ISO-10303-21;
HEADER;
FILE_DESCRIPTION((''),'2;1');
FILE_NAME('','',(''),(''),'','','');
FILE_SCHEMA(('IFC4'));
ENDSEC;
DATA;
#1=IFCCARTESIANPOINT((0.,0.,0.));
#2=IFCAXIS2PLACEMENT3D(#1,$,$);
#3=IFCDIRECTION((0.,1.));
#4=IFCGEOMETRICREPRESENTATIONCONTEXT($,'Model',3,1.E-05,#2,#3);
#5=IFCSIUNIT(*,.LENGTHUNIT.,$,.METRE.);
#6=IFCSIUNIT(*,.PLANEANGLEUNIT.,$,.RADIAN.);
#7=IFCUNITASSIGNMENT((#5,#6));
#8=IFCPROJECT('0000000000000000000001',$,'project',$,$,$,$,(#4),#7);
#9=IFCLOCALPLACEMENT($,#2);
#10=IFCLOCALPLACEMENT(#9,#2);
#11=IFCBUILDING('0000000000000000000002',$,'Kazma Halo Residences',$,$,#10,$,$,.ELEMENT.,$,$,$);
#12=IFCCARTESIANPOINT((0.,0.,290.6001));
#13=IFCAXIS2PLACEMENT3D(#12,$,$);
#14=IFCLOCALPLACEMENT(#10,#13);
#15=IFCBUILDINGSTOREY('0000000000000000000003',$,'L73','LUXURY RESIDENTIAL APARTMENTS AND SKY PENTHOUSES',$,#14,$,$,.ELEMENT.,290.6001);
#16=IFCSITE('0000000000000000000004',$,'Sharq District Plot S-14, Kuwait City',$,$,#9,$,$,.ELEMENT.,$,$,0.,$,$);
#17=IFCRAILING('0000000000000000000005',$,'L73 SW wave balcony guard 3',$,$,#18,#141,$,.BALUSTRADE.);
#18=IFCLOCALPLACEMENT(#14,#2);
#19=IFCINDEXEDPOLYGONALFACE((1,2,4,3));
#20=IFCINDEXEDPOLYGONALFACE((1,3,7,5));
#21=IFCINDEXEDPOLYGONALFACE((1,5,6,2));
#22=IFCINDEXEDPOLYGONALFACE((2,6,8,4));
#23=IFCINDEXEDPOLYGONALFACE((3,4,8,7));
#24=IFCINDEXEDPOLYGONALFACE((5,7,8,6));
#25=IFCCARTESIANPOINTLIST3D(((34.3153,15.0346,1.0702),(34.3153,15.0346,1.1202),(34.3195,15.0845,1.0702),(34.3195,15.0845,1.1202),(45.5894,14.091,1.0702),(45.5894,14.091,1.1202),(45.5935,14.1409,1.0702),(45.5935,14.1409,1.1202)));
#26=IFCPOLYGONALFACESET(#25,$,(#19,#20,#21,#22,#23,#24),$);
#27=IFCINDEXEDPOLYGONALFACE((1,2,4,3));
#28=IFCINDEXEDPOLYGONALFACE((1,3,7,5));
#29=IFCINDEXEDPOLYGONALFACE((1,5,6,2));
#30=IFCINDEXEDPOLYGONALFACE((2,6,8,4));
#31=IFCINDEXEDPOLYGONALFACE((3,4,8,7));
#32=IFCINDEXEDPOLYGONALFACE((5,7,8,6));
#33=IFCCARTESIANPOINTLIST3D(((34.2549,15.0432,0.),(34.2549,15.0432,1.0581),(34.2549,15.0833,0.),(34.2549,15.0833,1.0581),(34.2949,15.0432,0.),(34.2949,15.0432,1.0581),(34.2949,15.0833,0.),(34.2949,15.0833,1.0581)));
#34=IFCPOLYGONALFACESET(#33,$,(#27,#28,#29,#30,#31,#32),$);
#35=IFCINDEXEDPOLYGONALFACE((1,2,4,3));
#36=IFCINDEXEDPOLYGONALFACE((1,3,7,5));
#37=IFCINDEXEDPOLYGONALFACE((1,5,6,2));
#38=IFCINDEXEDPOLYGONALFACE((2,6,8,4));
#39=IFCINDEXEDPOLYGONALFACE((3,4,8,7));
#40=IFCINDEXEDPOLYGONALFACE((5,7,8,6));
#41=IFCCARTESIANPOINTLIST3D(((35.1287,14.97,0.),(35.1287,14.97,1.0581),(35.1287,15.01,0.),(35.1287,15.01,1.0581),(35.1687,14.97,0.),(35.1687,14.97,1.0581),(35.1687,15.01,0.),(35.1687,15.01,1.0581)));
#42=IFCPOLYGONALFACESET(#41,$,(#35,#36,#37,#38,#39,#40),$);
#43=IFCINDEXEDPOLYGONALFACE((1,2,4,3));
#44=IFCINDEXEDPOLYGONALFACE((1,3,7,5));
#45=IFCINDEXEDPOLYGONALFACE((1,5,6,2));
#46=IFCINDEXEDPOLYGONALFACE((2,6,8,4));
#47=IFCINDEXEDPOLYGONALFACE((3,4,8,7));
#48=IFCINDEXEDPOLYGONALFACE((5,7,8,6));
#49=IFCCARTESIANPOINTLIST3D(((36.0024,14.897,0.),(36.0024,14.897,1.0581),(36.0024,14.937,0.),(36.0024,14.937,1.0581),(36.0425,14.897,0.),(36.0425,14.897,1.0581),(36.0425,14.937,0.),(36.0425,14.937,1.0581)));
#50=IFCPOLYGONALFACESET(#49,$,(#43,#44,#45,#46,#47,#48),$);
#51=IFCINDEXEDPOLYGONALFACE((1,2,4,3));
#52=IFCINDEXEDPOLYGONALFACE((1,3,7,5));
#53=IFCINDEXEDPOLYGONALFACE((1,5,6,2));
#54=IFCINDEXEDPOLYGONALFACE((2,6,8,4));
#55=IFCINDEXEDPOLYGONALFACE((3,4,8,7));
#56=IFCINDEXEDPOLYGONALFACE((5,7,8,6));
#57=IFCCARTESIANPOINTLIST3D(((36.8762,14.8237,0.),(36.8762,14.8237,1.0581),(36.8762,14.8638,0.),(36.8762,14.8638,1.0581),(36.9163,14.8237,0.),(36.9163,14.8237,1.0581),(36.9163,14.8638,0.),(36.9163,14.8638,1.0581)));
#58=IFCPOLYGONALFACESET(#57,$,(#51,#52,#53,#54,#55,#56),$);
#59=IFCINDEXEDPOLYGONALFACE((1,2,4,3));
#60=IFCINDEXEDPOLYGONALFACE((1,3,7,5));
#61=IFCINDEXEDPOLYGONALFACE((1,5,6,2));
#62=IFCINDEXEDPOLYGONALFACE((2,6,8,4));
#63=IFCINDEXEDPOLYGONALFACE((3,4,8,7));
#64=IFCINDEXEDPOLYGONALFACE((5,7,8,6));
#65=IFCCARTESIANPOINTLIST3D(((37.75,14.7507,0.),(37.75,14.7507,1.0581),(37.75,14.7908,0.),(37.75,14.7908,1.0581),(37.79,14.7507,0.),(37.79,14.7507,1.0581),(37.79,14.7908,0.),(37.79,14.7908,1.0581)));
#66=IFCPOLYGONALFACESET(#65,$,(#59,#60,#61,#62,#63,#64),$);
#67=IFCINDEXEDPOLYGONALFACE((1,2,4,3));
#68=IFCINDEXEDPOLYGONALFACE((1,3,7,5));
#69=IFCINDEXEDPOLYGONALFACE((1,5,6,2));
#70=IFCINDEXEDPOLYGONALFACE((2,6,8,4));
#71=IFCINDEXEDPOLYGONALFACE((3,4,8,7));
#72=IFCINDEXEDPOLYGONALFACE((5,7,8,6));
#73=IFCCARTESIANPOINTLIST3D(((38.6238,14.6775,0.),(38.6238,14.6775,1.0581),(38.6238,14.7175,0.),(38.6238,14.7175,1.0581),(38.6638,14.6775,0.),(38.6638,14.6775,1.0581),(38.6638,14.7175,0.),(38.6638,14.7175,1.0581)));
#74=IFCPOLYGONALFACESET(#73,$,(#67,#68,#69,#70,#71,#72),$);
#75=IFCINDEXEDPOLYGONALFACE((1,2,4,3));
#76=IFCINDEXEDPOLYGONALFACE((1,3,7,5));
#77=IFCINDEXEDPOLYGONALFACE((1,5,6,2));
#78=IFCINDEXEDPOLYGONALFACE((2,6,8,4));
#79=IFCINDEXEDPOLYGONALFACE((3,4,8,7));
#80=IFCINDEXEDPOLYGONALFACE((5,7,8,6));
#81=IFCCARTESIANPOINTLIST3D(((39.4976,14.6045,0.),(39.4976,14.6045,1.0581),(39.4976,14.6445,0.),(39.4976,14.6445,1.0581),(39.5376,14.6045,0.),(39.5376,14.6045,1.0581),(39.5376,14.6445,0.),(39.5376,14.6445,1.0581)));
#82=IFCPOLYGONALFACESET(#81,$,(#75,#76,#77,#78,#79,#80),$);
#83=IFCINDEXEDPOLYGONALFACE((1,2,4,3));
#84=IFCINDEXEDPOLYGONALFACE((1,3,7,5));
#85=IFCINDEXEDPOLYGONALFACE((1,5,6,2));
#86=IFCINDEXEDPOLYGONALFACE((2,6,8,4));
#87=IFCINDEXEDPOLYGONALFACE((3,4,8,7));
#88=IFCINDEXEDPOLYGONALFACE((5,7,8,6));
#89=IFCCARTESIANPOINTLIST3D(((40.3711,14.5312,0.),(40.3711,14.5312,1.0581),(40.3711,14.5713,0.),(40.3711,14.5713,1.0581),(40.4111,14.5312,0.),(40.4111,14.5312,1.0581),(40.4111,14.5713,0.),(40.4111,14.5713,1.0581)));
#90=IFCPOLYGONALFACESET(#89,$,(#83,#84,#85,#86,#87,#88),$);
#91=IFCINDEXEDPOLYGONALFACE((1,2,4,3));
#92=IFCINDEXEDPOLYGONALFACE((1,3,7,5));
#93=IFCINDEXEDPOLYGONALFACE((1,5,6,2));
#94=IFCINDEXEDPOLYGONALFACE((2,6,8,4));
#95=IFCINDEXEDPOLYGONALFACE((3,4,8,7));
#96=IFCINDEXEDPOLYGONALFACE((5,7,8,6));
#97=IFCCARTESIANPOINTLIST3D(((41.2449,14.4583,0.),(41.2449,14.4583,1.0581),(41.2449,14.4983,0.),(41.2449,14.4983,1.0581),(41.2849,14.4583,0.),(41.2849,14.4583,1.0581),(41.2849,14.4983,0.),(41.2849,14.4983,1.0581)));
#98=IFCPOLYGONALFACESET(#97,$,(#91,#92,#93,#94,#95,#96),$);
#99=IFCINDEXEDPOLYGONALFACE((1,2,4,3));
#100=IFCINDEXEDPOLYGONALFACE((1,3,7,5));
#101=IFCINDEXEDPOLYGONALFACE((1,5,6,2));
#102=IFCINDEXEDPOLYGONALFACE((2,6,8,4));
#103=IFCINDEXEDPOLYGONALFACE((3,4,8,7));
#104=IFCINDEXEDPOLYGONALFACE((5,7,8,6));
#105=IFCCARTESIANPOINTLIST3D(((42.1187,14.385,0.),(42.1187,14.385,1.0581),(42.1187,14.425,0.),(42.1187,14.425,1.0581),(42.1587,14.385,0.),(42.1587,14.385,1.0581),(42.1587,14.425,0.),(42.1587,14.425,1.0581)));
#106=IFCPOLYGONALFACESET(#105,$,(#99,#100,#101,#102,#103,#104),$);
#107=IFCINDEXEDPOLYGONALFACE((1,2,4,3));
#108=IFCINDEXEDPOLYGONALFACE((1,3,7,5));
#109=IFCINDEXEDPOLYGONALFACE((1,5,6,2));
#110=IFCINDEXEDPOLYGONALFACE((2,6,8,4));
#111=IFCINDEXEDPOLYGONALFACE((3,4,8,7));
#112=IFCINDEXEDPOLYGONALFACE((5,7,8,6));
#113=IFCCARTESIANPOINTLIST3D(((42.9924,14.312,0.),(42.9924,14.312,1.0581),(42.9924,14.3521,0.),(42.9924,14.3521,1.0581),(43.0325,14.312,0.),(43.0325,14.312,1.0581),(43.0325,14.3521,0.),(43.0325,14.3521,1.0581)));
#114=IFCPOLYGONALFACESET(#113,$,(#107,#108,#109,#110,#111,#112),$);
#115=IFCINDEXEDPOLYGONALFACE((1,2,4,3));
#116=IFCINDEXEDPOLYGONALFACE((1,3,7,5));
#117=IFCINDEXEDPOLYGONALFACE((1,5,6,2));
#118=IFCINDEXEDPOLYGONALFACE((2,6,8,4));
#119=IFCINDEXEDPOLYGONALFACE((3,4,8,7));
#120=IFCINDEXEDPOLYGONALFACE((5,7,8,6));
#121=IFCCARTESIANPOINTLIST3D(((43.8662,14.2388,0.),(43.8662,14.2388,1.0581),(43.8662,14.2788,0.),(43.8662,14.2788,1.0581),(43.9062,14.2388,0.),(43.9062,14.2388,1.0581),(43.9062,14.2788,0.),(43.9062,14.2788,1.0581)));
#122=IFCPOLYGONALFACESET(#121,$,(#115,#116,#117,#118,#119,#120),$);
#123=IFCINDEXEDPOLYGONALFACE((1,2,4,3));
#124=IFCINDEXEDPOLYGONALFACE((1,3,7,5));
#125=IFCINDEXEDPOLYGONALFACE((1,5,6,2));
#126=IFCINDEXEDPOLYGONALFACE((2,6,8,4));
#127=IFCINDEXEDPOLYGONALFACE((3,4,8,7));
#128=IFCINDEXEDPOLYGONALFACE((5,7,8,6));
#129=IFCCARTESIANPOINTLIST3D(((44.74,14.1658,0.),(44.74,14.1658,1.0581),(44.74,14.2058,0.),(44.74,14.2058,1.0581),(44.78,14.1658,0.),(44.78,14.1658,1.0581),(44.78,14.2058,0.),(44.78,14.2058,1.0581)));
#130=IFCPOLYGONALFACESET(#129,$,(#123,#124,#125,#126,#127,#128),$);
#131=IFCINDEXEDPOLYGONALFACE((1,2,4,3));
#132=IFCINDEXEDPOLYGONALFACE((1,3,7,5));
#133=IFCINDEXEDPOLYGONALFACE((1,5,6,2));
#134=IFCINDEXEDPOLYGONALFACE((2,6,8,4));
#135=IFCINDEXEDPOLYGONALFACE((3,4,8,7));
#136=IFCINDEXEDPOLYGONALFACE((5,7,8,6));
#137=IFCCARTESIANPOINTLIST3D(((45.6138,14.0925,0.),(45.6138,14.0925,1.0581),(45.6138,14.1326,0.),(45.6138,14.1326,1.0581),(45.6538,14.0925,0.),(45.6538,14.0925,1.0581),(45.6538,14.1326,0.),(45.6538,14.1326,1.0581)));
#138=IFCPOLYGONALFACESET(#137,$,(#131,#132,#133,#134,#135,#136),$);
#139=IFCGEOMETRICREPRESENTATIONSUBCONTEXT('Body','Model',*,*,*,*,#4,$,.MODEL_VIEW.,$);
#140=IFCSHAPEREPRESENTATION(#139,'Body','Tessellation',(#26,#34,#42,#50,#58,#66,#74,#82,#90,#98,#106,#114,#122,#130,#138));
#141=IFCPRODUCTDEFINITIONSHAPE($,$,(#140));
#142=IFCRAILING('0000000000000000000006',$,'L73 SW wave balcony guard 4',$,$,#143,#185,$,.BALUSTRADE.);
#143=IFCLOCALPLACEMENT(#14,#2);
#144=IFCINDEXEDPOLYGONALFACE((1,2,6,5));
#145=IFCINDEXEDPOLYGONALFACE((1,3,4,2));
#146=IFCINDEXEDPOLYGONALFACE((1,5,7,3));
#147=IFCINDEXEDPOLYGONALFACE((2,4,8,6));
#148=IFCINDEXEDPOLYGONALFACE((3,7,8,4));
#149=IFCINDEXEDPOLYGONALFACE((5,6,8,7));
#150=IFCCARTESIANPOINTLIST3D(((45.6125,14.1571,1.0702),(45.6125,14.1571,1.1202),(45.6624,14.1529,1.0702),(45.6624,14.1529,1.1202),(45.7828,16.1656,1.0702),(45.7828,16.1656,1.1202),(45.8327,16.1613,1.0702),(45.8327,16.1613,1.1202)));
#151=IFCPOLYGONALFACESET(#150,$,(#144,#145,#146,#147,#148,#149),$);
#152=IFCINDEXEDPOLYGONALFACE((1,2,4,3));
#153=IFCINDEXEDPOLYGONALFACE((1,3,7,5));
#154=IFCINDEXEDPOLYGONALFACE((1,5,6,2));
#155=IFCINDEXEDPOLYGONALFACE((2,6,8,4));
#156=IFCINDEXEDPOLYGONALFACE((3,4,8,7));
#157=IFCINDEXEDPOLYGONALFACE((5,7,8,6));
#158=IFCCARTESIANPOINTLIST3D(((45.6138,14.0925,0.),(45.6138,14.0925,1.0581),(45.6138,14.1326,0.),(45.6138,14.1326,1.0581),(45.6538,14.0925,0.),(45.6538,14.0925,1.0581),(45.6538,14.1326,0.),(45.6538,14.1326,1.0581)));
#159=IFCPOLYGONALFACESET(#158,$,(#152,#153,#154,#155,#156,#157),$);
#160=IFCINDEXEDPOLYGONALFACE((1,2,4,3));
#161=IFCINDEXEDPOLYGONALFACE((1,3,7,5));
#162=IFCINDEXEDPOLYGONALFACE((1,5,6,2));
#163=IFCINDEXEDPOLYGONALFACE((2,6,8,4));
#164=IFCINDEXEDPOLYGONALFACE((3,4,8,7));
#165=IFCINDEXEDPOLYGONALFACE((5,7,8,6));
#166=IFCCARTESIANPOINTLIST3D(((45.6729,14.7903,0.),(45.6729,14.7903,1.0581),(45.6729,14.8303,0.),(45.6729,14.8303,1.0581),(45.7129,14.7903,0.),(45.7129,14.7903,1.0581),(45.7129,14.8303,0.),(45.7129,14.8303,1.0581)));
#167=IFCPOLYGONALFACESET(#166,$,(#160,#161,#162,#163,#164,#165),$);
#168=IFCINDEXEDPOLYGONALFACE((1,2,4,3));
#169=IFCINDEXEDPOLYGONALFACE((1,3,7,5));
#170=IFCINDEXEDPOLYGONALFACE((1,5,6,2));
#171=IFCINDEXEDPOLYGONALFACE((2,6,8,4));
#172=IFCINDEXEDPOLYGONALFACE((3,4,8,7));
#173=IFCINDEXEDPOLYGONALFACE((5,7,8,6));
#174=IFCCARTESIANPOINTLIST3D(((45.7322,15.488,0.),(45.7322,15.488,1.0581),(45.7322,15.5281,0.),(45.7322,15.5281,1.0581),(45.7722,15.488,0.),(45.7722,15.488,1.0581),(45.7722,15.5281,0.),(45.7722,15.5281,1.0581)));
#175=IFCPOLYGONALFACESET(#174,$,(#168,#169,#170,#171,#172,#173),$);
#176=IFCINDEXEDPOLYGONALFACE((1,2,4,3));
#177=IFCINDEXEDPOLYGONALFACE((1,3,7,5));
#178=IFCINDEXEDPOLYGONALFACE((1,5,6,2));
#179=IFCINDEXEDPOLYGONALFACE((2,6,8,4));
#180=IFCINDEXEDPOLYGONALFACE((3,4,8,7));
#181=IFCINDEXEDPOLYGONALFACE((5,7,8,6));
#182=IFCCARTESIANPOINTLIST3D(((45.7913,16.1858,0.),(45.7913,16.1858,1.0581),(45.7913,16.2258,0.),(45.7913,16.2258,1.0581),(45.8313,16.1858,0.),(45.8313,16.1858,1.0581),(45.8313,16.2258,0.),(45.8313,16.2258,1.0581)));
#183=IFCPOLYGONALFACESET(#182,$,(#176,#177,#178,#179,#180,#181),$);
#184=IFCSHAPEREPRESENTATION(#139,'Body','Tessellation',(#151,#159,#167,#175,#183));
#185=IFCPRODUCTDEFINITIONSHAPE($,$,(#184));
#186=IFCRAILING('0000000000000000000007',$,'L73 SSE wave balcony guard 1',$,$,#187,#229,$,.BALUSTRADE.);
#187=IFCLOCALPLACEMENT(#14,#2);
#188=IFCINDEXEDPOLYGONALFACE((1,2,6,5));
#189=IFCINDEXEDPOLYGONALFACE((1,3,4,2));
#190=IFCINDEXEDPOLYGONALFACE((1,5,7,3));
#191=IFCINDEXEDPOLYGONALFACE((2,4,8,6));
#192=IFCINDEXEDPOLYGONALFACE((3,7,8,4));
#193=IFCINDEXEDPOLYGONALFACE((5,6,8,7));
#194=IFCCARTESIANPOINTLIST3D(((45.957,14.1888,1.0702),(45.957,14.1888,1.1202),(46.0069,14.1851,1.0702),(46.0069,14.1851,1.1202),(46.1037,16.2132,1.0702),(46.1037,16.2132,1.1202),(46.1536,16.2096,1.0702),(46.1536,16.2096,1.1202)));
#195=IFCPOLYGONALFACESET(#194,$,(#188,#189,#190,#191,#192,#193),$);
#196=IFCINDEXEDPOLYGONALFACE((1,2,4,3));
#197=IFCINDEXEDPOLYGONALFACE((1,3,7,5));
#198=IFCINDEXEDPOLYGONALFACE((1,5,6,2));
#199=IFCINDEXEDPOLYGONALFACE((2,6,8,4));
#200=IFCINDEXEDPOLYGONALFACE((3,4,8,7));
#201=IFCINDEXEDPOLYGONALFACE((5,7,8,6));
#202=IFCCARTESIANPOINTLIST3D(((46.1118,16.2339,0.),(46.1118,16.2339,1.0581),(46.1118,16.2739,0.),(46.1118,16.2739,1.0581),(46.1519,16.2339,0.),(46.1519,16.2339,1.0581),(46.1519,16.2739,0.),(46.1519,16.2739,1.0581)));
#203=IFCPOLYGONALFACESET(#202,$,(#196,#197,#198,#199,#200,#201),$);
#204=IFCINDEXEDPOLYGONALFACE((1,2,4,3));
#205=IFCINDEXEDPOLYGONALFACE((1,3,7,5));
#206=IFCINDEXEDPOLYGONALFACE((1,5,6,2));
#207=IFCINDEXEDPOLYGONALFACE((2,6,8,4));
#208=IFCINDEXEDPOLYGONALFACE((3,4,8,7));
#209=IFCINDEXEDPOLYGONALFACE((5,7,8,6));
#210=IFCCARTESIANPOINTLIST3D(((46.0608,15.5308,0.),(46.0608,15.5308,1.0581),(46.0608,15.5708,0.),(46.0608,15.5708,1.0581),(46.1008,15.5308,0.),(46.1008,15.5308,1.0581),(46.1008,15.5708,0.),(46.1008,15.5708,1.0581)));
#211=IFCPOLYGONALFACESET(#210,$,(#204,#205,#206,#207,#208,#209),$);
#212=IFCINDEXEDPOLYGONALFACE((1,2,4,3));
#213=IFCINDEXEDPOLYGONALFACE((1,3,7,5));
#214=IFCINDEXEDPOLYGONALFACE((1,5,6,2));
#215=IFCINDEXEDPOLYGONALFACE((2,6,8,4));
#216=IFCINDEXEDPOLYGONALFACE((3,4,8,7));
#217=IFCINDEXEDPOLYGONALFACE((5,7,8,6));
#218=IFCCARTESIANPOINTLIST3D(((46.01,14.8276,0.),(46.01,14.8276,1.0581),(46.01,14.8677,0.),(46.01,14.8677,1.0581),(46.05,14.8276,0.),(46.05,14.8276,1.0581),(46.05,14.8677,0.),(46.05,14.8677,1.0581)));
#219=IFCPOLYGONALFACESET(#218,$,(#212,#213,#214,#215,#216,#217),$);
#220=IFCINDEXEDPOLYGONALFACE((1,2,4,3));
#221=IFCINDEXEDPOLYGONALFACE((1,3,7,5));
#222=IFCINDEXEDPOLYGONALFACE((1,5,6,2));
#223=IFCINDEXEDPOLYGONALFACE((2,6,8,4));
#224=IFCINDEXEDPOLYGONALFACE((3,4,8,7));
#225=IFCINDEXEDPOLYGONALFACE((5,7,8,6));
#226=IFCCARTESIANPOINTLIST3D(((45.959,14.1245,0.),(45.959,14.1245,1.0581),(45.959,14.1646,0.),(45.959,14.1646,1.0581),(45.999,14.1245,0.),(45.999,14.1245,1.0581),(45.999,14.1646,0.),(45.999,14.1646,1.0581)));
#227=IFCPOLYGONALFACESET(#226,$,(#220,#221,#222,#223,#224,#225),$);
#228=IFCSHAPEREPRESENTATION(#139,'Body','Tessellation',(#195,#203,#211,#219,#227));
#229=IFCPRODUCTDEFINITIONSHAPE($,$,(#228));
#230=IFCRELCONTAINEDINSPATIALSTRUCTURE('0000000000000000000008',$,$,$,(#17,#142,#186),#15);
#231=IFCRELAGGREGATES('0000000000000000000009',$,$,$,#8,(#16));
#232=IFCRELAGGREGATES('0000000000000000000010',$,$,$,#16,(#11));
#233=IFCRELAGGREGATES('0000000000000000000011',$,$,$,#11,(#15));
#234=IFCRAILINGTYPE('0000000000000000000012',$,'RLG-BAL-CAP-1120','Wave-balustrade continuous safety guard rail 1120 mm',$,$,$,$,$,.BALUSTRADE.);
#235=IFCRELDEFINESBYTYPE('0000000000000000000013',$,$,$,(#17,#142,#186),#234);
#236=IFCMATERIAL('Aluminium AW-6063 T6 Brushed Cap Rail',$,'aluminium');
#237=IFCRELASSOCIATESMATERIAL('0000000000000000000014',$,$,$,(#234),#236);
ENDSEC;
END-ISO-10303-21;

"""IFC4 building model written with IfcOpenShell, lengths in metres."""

from ifc_helpers import new_model, si_unit, direction, frame, origin, origin_2d, place, context, subcontext, project, spatial, rectangle, extrude, material, type_object, element, save


model = new_model("IFC4")

# Units and contexts
model_context = context("Model", 3, precision=1e-05, world=origin(), true_north=direction((0.0, 1.0)))
body_context = subcontext(model_context, "Body", "Model", "MODEL_VIEW")
ifc_project = project(units=[si_unit("LENGTHUNIT", "METRE"), si_unit("PLANEANGLEUNIT", "RADIAN")], contexts=[model_context])

# Site, building, storey
site_placement = place(None, origin())
site = spatial("IfcSite", under=ifc_project, at=site_placement, Name="Sharq District Plot S-14, Kuwait City", CompositionType="ELEMENT", RefElevation=0.0)
building_placement = place(site_placement, origin())
building = spatial("IfcBuilding", under=site, at=building_placement, Name="Kazma Halo Residences", CompositionType="ELEMENT")
storey_placement = place(building_placement, frame((0.0, 0.0, 290.6001)))
storey = spatial("IfcBuildingStorey", under=building, at=storey_placement, Name="L73", Description="LUXURY RESIDENTIAL APARTMENTS AND SKY PENTHOUSES", CompositionType="ELEMENT", Elevation=290.6001)

# Railings
ifc_material_1 = material(Name="Aluminium AW-6063 T6 Brushed Cap Rail", Category="aluminium")
railing_type = type_object("IfcRailingType", Name="RLG-BAL-CAP-1120", Description="Wave-balustrade continuous safety guard rail 1120 mm", PredefinedType="BALUSTRADE", material=ifc_material_1)
railing_1_placement = place(storey_placement, frame((34.2749, 15.0632, 0.0)))
element("IfcRailing", 1, at=railing_1_placement, inside=storey, type_object=railing_type, Name="L73 SW wave balcony guard 3", PredefinedType="BALUSTRADE", context=body_context, shape_type="SweptSolid", body=[
    extrude(rectangle(XDim=0.05, YDim=0.05, at=origin_2d()), frame((0.0425, -0.0037, 1.0952), z_axis=(0.996516, -0.083404, 0.0), x_axis=(0.083404, 0.996516, 0.0)), (0.0, 0.0, 1.0), 11.3135),
    extrude(rectangle(XDim=0.04, YDim=0.04, at=origin_2d()), origin(), (0.0, 0.0, 1.0), 1.0581),
    extrude(rectangle(XDim=0.04, YDim=0.04, at=origin_2d()), frame((0.8738, -0.0732, 0.0)), (0.0, 0.0, 1.0), 1.0581),
    extrude(rectangle(XDim=0.04, YDim=0.04, at=origin_2d()), frame((1.7476, -0.1462, 0.0)), (0.0, 0.0, 1.0), 1.0581),
    extrude(rectangle(XDim=0.04, YDim=0.04, at=origin_2d()), frame((2.6213, -0.2195, 0.0)), (0.0, 0.0, 1.0), 1.0581),
    extrude(rectangle(XDim=0.04, YDim=0.04, at=origin_2d()), frame((3.4951, -0.2925, 0.0)), (0.0, 0.0, 1.0), 1.0581),
    extrude(rectangle(XDim=0.04, YDim=0.04, at=origin_2d()), frame((4.3689, -0.3657, 0.0)), (0.0, 0.0, 1.0), 1.0581),
    extrude(rectangle(XDim=0.04, YDim=0.04, at=origin_2d()), frame((5.2427, -0.4387, 0.0)), (0.0, 0.0, 1.0), 1.0581),
    extrude(rectangle(XDim=0.04, YDim=0.04, at=origin_2d()), frame((6.1162, -0.512, 0.0)), (0.0, 0.0, 1.0), 1.0581),
    extrude(rectangle(XDim=0.04, YDim=0.04, at=origin_2d()), frame((6.99, -0.585, 0.0)), (0.0, 0.0, 1.0), 1.0581),
    extrude(rectangle(XDim=0.04, YDim=0.04, at=origin_2d()), frame((7.8638, -0.6582, 0.0)), (0.0, 0.0, 1.0), 1.0581),
    extrude(rectangle(XDim=0.04, YDim=0.04, at=origin_2d()), frame((8.7375, -0.7312, 0.0)), (0.0, 0.0, 1.0), 1.0581),
    extrude(rectangle(XDim=0.04, YDim=0.04, at=origin_2d()), frame((9.6113, -0.8044, 0.0)), (0.0, 0.0, 1.0), 1.0581),
    extrude(rectangle(XDim=0.04, YDim=0.04, at=origin_2d()), frame((10.4851, -0.8774, 0.0)), (0.0, 0.0, 1.0), 1.0581),
    extrude(rectangle(XDim=0.04, YDim=0.04, at=origin_2d()), frame((11.3589, -0.9507, 0.0)), (0.0, 0.0, 1.0), 1.0581),
])
railing_2_placement = place(storey_placement, frame((45.6338, 14.1125, 0.0)))
element("IfcRailing", 2, at=railing_2_placement, inside=storey, type_object=railing_type, Name="L73 SW wave balcony guard 4", PredefinedType="BALUSTRADE", context=body_context, shape_type="SweptSolid", body=[
    extrude(rectangle(XDim=0.05, YDim=0.05, at=origin_2d()), frame((0.0037, 0.0425, 1.0952), z_axis=(0.084488, 0.996424, 0.0), x_axis=(-0.996424, 0.084488, 0.0)), (0.0, 0.0, 1.0), 2.0156),
    extrude(rectangle(XDim=0.04, YDim=0.04, at=origin_2d()), origin(), (0.0, 0.0, 1.0), 1.0581),
    extrude(rectangle(XDim=0.04, YDim=0.04, at=origin_2d()), frame((0.0591, 0.6978, 0.0)), (0.0, 0.0, 1.0), 1.0581),
    extrude(rectangle(XDim=0.04, YDim=0.04, at=origin_2d()), frame((0.1184, 1.3955, 0.0)), (0.0, 0.0, 1.0), 1.0581),
    extrude(rectangle(XDim=0.04, YDim=0.04, at=origin_2d()), frame((0.1775, 2.0933, 0.0)), (0.0, 0.0, 1.0), 1.0581),
])
railing_3_placement = place(storey_placement, frame((46.1318, 16.2539, 0.0)))
element("IfcRailing", 3, at=railing_3_placement, inside=storey, type_object=railing_type, Name="L73 SSE wave balcony guard 1", PredefinedType="BALUSTRADE", context=body_context, shape_type="SweptSolid", body=[
    extrude(rectangle(XDim=0.05, YDim=0.05, at=origin_2d()), frame((-0.0032, -0.0425, 1.0952), z_axis=(-0.072264, -0.997386, 0.0), x_axis=(0.997386, -0.072264, 0.0)), (0.0, 0.0, 1.0), 2.0298),
    extrude(rectangle(XDim=0.04, YDim=0.04, at=origin_2d()), origin(), (0.0, 0.0, 1.0), 1.0581),
    extrude(rectangle(XDim=0.04, YDim=0.04, at=origin_2d()), frame((-0.051, -0.7031, 0.0)), (0.0, 0.0, 1.0), 1.0581),
    extrude(rectangle(XDim=0.04, YDim=0.04, at=origin_2d()), frame((-0.1018, -1.4062, 0.0)), (0.0, 0.0, 1.0), 1.0581),
    extrude(rectangle(XDim=0.04, YDim=0.04, at=origin_2d()), frame((-0.1528, -2.1094, 0.0)), (0.0, 0.0, 1.0), 1.0581),
])

save(model, "model.ifc")
